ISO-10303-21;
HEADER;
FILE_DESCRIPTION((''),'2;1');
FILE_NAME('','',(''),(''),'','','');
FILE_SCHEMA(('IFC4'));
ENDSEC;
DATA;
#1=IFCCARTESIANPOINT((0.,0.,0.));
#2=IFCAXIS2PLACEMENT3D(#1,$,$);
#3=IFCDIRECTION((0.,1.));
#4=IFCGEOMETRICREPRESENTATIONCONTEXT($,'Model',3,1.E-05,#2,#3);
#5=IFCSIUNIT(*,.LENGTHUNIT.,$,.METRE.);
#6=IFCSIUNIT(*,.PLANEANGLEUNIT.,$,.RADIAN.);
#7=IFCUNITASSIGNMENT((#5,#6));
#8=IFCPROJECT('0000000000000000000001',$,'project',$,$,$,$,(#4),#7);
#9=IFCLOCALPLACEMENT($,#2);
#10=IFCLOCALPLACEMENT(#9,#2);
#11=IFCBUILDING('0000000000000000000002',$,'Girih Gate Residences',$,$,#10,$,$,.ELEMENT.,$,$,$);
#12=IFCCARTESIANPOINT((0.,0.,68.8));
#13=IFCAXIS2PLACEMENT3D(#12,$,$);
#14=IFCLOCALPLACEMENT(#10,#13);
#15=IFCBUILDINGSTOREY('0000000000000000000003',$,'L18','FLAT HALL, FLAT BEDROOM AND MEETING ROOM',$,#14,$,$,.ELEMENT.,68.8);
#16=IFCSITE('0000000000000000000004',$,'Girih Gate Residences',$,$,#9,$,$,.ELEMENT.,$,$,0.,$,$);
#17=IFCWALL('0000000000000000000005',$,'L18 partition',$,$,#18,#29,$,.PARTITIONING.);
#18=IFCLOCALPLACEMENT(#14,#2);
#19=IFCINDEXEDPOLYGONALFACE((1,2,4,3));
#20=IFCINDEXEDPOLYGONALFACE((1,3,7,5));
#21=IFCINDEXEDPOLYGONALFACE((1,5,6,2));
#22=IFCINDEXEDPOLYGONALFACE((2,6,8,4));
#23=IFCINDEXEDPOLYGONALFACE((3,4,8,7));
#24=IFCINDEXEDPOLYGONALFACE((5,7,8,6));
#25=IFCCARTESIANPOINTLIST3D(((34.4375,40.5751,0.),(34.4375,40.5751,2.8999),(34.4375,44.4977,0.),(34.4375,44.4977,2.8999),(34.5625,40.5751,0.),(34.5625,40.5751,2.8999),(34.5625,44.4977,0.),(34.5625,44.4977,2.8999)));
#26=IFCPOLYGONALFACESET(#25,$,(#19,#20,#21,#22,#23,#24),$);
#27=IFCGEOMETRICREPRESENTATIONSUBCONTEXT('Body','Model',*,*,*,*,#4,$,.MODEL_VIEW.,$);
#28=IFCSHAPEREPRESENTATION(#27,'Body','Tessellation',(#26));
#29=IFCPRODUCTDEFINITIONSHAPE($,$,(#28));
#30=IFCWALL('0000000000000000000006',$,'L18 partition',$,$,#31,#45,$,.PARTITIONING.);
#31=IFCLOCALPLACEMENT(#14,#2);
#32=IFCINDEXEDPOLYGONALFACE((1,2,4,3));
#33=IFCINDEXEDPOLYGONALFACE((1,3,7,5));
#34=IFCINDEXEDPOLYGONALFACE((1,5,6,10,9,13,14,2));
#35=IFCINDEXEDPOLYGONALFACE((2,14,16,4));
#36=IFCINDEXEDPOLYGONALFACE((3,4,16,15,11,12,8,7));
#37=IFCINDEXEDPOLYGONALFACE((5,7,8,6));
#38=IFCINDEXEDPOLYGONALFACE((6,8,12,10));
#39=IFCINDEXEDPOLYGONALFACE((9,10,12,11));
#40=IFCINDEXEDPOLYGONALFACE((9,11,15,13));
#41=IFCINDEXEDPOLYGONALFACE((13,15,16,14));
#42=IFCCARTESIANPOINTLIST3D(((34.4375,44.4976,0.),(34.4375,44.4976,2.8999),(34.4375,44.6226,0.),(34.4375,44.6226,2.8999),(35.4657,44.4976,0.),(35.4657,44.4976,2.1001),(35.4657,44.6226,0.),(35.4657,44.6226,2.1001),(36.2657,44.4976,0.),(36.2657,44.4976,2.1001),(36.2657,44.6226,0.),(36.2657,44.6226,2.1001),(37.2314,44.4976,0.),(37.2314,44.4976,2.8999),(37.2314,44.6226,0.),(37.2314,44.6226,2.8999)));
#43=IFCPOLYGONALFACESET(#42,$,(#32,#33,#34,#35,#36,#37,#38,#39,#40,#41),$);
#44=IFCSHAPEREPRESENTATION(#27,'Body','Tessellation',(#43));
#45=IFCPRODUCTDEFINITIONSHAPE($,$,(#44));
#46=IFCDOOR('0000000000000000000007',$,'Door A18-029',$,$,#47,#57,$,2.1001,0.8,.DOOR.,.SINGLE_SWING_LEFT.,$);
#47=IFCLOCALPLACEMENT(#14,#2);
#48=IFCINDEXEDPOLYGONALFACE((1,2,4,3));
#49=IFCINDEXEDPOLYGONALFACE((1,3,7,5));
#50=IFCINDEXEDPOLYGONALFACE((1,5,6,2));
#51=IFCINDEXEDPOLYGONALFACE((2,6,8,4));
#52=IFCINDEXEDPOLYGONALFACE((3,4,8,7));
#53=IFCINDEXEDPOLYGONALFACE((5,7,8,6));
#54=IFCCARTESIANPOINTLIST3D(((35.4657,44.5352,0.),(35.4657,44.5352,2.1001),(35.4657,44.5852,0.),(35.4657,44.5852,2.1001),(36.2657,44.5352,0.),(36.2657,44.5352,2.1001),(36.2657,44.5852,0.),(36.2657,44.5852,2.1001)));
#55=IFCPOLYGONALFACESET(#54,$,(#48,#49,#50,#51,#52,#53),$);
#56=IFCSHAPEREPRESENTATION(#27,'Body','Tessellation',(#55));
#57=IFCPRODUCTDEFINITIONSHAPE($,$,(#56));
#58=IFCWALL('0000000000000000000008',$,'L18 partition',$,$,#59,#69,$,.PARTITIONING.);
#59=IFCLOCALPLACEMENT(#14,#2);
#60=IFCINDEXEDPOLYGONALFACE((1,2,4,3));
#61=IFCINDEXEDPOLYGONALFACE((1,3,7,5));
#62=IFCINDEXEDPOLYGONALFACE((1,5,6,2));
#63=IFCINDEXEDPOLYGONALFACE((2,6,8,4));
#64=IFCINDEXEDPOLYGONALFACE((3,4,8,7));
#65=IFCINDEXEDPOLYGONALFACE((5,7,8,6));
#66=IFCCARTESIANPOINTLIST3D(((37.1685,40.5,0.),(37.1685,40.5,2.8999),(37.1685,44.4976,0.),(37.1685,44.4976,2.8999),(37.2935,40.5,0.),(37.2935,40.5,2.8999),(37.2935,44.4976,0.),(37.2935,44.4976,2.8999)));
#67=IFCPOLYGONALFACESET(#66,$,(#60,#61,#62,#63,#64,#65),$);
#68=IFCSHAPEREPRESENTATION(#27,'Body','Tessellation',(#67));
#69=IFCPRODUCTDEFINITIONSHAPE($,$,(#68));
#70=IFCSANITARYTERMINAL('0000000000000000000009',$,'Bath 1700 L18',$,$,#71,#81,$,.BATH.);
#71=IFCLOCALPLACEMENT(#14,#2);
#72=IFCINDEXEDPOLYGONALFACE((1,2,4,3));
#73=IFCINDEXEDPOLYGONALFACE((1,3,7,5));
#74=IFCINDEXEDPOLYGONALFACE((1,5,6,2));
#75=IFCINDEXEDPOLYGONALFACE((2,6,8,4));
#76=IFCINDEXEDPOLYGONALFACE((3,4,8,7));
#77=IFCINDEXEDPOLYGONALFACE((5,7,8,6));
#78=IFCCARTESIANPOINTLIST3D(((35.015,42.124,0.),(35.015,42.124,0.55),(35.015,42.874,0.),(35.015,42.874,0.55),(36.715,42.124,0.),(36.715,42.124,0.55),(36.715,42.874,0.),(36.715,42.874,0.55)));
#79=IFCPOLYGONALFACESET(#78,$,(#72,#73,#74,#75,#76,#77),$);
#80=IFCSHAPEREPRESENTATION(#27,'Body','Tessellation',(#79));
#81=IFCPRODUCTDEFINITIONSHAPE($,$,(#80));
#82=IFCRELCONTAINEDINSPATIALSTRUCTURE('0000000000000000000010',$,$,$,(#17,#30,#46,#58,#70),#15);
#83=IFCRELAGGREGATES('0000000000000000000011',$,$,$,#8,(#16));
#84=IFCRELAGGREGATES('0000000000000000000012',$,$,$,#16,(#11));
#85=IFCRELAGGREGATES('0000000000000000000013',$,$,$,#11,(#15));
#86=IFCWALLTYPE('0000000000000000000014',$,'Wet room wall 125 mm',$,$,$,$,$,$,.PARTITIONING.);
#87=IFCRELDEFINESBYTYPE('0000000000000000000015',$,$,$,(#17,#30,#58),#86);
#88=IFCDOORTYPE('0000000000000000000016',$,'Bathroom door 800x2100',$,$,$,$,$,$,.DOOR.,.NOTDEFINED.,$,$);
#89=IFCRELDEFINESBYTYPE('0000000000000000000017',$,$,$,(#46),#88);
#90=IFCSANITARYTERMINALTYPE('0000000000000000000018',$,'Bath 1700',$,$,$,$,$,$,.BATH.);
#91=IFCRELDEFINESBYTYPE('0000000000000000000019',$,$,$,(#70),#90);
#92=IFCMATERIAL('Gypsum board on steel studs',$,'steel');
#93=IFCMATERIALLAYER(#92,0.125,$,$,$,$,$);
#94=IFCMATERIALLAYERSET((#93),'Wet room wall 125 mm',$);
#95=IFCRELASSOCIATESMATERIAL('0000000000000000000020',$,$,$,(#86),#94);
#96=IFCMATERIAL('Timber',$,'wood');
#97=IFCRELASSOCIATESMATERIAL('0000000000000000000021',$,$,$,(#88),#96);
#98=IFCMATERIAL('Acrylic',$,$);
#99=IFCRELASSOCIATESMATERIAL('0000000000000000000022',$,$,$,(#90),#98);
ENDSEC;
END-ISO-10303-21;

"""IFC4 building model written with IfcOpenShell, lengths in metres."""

from ifc_helpers import new_model, si_unit, direction, frame, frame_2d, origin, origin_2d, place, context, subcontext, project, spatial, rectangle, extrude, material, layer, layer_set, type_object, element, fill, save


model = new_model("IFC4")

# Units and contexts
model_context = context("Model", 3, precision=1e-05, world=origin(), true_north=direction((0.0, 1.0)))
body_context = subcontext(model_context, "Body", "Model", "MODEL_VIEW")
ifc_project = project(units=[si_unit("LENGTHUNIT", "METRE"), si_unit("PLANEANGLEUNIT", "RADIAN")], contexts=[model_context])

# Site, building, storey
site_placement = place(None, origin())
site = spatial("IfcSite", under=ifc_project, at=site_placement, Name="Girih Gate Residences", CompositionType="ELEMENT", RefElevation=0.0)
building_placement = place(site_placement, origin())
building = spatial("IfcBuilding", under=site, at=building_placement, Name="Girih Gate Residences", CompositionType="ELEMENT")
storey_placement = place(building_placement, frame((0.0, 0.0, 68.8)))
storey = spatial("IfcBuildingStorey", under=building, at=storey_placement, Name="L18", Description="FLAT HALL, FLAT BEDROOM AND MEETING ROOM", CompositionType="ELEMENT", Elevation=68.8)

# Shared definitions
ifc_material_1 = material(Name="Gypsum board on steel studs", Category="steel")

# Shared definitions
ifc_material_2 = material(Name="Timber", Category="wood")

# Wall
ifc_layer_1 = layer(ifc_material_1, 0.125)
ifc_layer_set_1 = layer_set([ifc_layer_1], Name="Wet room wall 125 mm")
wall_type_1 = type_object("IfcWallType", Name="Wet room wall 125 mm", PredefinedType="PARTITIONING", material=ifc_layer_set_1)
wall_1_placement = place(storey_placement, frame((34.5, 40.575, 0.0), z_axis=(0.0, 0.0, 1.0), x_axis=(0.0, 1.0, 0.0)))
element("IfcWall", 1, at=wall_1_placement, inside=storey, type_object=wall_type_1, Name="L18 partition", PredefinedType="PARTITIONING", context=body_context, shape_type="SweptSolid", body=[
    extrude(rectangle(XDim=3.9226, YDim=0.125, at=frame_2d((1.9614, 0.0))), origin(), (0.0, 0.0, 1.0), 2.8999),
])

# Wall, opening, door
wall_2_placement = place(storey_placement, frame((37.2314, 44.5601, 0.0), z_axis=(0.0, 0.0, 1.0), x_axis=(-1.0, 0.0, 0.0)))
wall_2 = element("IfcWall", 2, at=wall_2_placement, inside=storey, type_object=wall_type_1, Name="L18 partition", PredefinedType="PARTITIONING", context=body_context, shape_type="SweptSolid", body=[
    extrude(rectangle(XDim=2.7939, YDim=0.125, at=frame_2d((1.397, 0.0))), origin(), (0.0, 0.0, 1.0), 2.8999),
])
opening_1_placement = place(wall_2_placement, frame((0.9658, 0.0, 0.0)))
opening_1 = element("IfcOpeningElement", 3, at=opening_1_placement, cuts=wall_2, PredefinedType="OPENING", context=body_context, shape_type="SweptSolid", body=[
    extrude(rectangle(XDim=0.8, YDim=2.1001, at=frame_2d((0.3999, 1.05))), frame((0.0, 0.0725, 0.0), z_axis=(0.0, -1.0, 0.0), x_axis=(1.0, 0.0, 0.0)), (0.0, 0.0, 1.0), 0.145),
])
door_type_1 = type_object("IfcDoorType", Name="Bathroom door 800x2100", OperationType="NOTDEFINED", PredefinedType="DOOR", material=ifc_material_2)
door_1_placement = place(opening_1_placement, origin())
door_1 = element("IfcDoor", 4, at=door_1_placement, inside=storey, type_object=door_type_1, Name="Door A18-029", OperationType="SINGLE_SWING_LEFT", OverallHeight=2.1001, OverallWidth=0.8, PredefinedType="DOOR", context=body_context, shape_type="SweptSolid", body=[
    extrude(rectangle(XDim=0.8, YDim=2.1001, at=frame_2d((0.3999, 1.05))), frame((0.0, 0.0249, 0.0), z_axis=(0.0, -1.0, 0.0), x_axis=(1.0, 0.0, 0.0)), (0.0, 0.0, 1.0), 0.05),
])
fill(opening_1, door_1)

# Wall
wall_3_placement = place(storey_placement, frame((37.231, 40.5, 0.0), z_axis=(0.0, 0.0, 1.0), x_axis=(0.0, 1.0, 0.0)))
element("IfcWall", 5, at=wall_3_placement, inside=storey, type_object=wall_type_1, Name="L18 partition", PredefinedType="PARTITIONING", context=body_context, shape_type="SweptSolid", body=[
    extrude(rectangle(XDim=3.9976, YDim=0.125, at=frame_2d((1.9988, 0.0))), origin(), (0.0, 0.0, 1.0), 2.8999),
])

# Sanitary terminal
ifc_material_3 = material(Name="Acrylic")
sanitary_terminal_type = type_object("IfcSanitaryTerminalType", Name="Bath 1700", PredefinedType="BATH", material=ifc_material_3)
sanitary_terminal_placement = place(storey_placement, frame((35.865, 42.499, 0.0), z_axis=(0.0, 0.0, 1.0), x_axis=(1.0, 0.0, 0.0)))
element("IfcSanitaryTerminal", 6, at=sanitary_terminal_placement, inside=storey, type_object=sanitary_terminal_type, Name="Bath 1700 L18", PredefinedType="BATH", context=body_context, shape_type="SweptSolid", body=[
    extrude(rectangle(XDim=1.7, YDim=0.75, at=origin_2d()), origin(), (0.0, 0.0, 1.0), 0.55),
])

save(model, "model.ifc")
